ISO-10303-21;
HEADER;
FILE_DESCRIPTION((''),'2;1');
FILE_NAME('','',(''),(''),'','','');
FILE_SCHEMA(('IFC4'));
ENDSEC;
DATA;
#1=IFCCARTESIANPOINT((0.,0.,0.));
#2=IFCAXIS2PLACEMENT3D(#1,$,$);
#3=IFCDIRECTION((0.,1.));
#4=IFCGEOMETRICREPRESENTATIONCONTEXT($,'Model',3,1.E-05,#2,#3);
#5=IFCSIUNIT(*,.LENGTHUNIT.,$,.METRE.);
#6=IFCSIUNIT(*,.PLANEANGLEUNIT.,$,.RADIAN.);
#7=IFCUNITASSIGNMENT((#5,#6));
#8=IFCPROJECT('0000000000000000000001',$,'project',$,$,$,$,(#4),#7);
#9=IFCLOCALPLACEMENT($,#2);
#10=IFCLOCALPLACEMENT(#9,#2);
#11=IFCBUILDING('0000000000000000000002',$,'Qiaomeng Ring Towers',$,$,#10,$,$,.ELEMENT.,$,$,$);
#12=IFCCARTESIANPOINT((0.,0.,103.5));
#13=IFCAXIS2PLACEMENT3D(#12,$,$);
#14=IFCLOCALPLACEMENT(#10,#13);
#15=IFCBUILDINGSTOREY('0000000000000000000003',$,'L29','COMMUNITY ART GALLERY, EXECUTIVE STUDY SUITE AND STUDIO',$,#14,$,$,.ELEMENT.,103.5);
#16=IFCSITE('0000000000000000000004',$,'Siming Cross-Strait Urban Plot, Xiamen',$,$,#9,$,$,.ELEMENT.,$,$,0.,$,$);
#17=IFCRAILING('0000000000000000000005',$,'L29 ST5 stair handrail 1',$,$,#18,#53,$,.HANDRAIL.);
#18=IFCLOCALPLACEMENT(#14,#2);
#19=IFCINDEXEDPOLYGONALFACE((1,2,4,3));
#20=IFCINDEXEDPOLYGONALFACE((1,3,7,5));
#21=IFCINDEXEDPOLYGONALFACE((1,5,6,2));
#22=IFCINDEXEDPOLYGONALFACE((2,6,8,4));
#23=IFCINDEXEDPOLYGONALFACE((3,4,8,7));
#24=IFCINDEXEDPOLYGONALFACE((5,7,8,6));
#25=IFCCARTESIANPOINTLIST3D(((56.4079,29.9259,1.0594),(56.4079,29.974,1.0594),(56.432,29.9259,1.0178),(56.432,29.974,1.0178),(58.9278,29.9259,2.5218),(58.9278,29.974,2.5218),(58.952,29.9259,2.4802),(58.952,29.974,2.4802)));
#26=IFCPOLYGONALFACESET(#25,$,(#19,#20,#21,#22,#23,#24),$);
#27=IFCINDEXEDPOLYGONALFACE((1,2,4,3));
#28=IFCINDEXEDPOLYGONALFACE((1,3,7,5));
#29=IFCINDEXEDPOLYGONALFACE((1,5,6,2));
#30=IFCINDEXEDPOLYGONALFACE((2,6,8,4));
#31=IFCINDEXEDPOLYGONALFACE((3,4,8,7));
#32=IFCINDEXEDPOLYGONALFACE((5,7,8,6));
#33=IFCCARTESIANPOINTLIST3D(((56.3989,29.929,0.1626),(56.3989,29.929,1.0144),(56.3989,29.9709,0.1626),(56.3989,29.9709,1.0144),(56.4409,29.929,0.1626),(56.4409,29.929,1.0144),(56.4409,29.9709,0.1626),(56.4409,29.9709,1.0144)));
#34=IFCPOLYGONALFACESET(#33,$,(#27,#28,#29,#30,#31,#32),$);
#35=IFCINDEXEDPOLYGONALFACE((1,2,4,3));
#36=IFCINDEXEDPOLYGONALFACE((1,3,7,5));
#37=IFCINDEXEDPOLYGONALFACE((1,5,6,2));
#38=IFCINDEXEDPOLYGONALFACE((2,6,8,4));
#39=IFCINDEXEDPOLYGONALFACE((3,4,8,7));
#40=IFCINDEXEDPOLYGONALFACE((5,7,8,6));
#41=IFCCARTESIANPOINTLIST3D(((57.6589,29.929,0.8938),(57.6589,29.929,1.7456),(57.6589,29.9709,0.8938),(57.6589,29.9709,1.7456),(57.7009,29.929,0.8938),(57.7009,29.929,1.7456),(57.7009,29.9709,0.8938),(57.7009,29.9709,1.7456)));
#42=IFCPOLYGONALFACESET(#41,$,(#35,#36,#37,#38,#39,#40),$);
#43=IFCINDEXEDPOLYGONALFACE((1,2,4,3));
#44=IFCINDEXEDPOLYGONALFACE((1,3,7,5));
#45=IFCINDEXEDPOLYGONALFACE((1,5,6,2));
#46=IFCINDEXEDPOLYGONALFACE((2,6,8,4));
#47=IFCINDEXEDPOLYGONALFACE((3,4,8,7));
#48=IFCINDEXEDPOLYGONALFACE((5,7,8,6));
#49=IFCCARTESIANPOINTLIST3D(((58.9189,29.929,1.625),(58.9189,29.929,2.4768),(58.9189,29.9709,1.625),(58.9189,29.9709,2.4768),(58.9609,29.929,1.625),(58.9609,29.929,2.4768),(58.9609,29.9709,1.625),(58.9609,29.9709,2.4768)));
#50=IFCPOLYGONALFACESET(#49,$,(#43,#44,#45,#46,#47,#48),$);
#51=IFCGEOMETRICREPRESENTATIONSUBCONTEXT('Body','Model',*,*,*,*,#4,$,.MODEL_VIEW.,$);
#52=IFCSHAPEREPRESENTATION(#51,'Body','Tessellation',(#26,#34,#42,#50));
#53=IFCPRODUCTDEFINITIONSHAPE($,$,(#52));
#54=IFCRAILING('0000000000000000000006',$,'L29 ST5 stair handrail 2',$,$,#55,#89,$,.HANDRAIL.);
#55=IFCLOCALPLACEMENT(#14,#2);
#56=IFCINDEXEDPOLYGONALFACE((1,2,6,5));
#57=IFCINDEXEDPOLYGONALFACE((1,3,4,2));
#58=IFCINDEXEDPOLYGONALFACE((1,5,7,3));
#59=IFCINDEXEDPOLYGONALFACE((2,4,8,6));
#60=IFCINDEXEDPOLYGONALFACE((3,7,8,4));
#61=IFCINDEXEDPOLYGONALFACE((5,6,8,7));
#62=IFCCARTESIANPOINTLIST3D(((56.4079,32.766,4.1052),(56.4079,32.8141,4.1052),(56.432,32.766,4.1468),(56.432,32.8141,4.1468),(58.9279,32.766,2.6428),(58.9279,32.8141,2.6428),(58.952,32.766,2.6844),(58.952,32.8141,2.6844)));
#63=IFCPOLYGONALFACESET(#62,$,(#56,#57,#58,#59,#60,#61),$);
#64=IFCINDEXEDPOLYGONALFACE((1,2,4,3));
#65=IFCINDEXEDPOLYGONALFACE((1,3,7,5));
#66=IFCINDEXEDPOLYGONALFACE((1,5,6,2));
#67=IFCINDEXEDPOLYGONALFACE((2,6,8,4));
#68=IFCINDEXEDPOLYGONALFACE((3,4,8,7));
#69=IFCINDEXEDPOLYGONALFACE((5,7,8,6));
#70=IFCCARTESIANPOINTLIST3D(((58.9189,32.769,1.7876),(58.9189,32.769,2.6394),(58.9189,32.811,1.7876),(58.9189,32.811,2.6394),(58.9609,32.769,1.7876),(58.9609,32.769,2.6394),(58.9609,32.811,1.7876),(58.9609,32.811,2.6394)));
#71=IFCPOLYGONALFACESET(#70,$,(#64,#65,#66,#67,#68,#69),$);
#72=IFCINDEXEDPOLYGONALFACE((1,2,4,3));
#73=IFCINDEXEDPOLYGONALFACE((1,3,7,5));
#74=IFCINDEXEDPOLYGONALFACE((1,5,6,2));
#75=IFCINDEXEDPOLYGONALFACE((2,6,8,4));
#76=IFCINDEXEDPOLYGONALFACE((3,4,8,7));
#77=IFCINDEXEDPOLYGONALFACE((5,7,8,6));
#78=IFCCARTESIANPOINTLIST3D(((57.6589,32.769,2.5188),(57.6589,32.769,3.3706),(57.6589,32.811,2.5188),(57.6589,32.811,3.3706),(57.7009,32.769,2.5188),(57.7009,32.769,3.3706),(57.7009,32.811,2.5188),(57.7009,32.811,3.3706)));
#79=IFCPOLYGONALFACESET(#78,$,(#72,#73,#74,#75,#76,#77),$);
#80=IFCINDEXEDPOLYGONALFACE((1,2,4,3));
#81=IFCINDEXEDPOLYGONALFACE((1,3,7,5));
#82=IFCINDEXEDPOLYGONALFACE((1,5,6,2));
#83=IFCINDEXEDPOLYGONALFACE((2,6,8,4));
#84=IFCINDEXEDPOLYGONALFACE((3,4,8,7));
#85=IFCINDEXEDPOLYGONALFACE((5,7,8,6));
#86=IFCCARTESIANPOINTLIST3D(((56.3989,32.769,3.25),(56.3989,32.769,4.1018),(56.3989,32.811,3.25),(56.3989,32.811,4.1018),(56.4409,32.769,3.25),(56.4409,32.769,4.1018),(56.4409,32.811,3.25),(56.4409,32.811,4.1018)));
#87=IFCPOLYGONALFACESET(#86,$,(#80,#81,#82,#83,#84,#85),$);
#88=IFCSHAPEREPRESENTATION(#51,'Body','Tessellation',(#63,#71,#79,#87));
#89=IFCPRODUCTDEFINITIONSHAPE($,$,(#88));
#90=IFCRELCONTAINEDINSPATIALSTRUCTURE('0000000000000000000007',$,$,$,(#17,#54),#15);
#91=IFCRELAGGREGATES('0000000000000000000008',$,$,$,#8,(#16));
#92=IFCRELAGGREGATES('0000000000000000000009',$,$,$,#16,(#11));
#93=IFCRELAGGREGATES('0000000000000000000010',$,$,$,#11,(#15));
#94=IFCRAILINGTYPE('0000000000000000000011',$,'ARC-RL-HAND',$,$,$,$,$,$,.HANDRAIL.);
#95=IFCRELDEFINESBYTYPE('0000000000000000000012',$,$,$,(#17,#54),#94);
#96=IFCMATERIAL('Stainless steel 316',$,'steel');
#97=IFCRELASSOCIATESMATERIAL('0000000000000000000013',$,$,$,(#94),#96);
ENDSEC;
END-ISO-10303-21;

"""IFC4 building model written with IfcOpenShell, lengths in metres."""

from ifc_helpers import new_model, si_unit, direction, frame, origin, origin_2d, place, context, subcontext, project, spatial, rectangle, extrude, material, type_object, element, save


model = new_model("IFC4")

# Units and contexts
model_context = context("Model", 3, precision=1e-05, world=origin(), true_north=direction((0.0, 1.0)))
body_context = subcontext(model_context, "Body", "Model", "MODEL_VIEW")
ifc_project = project(units=[si_unit("LENGTHUNIT", "METRE"), si_unit("PLANEANGLEUNIT", "RADIAN")], contexts=[model_context])

# Site, building, storey
site_placement = place(None, origin())
site = spatial("IfcSite", under=ifc_project, at=site_placement, Name="Siming Cross-Strait Urban Plot, Xiamen", CompositionType="ELEMENT", RefElevation=0.0)
building_placement = place(site_placement, origin())
building = spatial("IfcBuilding", under=site, at=building_placement, Name="Qiaomeng Ring Towers", CompositionType="ELEMENT")
storey_placement = place(building_placement, frame((0.0, 0.0, 103.5)))
storey = spatial("IfcBuildingStorey", under=building, at=storey_placement, Name="L29", Description="COMMUNITY ART GALLERY, EXECUTIVE STUDY SUITE AND STUDIO", CompositionType="ELEMENT", Elevation=103.5)

# Railings
ifc_material_1 = material(Name="Stainless steel 316", Category="steel")
railing_type_1 = type_object("IfcRailingType", Name="ARC-RL-HAND", PredefinedType="HANDRAIL", material=ifc_material_1)
railing_1_placement = place(storey_placement, frame((56.4199, 29.95, 0.1626)))
element("IfcRailing", 1, at=railing_1_placement, inside=storey, type_object=railing_type_1, Name="L29 ST5 stair handrail 1", PredefinedType="HANDRAIL", context=body_context, shape_type="SweptSolid", body=[
    extrude(rectangle(XDim=0.0481, YDim=0.0481, at=origin_2d()), frame((0.0, 0.0, 0.876), z_axis=(0.864913, 0.0, 0.501921), x_axis=(0.0, 1.0, 0.0)), (0.0, 0.0, 1.0), 2.9136),
    extrude(rectangle(XDim=0.042, YDim=0.042, at=origin_2d()), origin(), (0.0, 0.0, 1.0), 0.8518),
    extrude(rectangle(XDim=0.042, YDim=0.042, at=origin_2d()), frame((1.26, 0.0, 0.7312)), (0.0, 0.0, 1.0), 0.8518),
    extrude(rectangle(XDim=0.042, YDim=0.042, at=origin_2d()), frame((2.52, 0.0, 1.4624)), (0.0, 0.0, 1.0), 0.8518),
])
railing_2_placement = place(storey_placement, frame((58.9399, 32.79, 1.7876)))
element("IfcRailing", 2, at=railing_2_placement, inside=storey, type_object=railing_type_1, Name="L29 ST5 stair handrail 2", PredefinedType="HANDRAIL", context=body_context, shape_type="SweptSolid", body=[
    extrude(rectangle(XDim=0.0481, YDim=0.0481, at=origin_2d()), frame((0.0, 0.0, 0.876), z_axis=(-0.864913, 0.0, 0.501921), x_axis=(0.0, -1.0, 0.0)), (0.0, 0.0, 1.0), 2.9136),
    extrude(rectangle(XDim=0.042, YDim=0.042, at=origin_2d()), origin(), (0.0, 0.0, 1.0), 0.8518),
    extrude(rectangle(XDim=0.042, YDim=0.042, at=origin_2d()), frame((-1.26, 0.0, 0.7312)), (0.0, 0.0, 1.0), 0.8518),
    extrude(rectangle(XDim=0.042, YDim=0.042, at=origin_2d()), frame((-2.52, 0.0, 1.4624)), (0.0, 0.0, 1.0), 0.8518),
])

save(model, "model.ifc")
